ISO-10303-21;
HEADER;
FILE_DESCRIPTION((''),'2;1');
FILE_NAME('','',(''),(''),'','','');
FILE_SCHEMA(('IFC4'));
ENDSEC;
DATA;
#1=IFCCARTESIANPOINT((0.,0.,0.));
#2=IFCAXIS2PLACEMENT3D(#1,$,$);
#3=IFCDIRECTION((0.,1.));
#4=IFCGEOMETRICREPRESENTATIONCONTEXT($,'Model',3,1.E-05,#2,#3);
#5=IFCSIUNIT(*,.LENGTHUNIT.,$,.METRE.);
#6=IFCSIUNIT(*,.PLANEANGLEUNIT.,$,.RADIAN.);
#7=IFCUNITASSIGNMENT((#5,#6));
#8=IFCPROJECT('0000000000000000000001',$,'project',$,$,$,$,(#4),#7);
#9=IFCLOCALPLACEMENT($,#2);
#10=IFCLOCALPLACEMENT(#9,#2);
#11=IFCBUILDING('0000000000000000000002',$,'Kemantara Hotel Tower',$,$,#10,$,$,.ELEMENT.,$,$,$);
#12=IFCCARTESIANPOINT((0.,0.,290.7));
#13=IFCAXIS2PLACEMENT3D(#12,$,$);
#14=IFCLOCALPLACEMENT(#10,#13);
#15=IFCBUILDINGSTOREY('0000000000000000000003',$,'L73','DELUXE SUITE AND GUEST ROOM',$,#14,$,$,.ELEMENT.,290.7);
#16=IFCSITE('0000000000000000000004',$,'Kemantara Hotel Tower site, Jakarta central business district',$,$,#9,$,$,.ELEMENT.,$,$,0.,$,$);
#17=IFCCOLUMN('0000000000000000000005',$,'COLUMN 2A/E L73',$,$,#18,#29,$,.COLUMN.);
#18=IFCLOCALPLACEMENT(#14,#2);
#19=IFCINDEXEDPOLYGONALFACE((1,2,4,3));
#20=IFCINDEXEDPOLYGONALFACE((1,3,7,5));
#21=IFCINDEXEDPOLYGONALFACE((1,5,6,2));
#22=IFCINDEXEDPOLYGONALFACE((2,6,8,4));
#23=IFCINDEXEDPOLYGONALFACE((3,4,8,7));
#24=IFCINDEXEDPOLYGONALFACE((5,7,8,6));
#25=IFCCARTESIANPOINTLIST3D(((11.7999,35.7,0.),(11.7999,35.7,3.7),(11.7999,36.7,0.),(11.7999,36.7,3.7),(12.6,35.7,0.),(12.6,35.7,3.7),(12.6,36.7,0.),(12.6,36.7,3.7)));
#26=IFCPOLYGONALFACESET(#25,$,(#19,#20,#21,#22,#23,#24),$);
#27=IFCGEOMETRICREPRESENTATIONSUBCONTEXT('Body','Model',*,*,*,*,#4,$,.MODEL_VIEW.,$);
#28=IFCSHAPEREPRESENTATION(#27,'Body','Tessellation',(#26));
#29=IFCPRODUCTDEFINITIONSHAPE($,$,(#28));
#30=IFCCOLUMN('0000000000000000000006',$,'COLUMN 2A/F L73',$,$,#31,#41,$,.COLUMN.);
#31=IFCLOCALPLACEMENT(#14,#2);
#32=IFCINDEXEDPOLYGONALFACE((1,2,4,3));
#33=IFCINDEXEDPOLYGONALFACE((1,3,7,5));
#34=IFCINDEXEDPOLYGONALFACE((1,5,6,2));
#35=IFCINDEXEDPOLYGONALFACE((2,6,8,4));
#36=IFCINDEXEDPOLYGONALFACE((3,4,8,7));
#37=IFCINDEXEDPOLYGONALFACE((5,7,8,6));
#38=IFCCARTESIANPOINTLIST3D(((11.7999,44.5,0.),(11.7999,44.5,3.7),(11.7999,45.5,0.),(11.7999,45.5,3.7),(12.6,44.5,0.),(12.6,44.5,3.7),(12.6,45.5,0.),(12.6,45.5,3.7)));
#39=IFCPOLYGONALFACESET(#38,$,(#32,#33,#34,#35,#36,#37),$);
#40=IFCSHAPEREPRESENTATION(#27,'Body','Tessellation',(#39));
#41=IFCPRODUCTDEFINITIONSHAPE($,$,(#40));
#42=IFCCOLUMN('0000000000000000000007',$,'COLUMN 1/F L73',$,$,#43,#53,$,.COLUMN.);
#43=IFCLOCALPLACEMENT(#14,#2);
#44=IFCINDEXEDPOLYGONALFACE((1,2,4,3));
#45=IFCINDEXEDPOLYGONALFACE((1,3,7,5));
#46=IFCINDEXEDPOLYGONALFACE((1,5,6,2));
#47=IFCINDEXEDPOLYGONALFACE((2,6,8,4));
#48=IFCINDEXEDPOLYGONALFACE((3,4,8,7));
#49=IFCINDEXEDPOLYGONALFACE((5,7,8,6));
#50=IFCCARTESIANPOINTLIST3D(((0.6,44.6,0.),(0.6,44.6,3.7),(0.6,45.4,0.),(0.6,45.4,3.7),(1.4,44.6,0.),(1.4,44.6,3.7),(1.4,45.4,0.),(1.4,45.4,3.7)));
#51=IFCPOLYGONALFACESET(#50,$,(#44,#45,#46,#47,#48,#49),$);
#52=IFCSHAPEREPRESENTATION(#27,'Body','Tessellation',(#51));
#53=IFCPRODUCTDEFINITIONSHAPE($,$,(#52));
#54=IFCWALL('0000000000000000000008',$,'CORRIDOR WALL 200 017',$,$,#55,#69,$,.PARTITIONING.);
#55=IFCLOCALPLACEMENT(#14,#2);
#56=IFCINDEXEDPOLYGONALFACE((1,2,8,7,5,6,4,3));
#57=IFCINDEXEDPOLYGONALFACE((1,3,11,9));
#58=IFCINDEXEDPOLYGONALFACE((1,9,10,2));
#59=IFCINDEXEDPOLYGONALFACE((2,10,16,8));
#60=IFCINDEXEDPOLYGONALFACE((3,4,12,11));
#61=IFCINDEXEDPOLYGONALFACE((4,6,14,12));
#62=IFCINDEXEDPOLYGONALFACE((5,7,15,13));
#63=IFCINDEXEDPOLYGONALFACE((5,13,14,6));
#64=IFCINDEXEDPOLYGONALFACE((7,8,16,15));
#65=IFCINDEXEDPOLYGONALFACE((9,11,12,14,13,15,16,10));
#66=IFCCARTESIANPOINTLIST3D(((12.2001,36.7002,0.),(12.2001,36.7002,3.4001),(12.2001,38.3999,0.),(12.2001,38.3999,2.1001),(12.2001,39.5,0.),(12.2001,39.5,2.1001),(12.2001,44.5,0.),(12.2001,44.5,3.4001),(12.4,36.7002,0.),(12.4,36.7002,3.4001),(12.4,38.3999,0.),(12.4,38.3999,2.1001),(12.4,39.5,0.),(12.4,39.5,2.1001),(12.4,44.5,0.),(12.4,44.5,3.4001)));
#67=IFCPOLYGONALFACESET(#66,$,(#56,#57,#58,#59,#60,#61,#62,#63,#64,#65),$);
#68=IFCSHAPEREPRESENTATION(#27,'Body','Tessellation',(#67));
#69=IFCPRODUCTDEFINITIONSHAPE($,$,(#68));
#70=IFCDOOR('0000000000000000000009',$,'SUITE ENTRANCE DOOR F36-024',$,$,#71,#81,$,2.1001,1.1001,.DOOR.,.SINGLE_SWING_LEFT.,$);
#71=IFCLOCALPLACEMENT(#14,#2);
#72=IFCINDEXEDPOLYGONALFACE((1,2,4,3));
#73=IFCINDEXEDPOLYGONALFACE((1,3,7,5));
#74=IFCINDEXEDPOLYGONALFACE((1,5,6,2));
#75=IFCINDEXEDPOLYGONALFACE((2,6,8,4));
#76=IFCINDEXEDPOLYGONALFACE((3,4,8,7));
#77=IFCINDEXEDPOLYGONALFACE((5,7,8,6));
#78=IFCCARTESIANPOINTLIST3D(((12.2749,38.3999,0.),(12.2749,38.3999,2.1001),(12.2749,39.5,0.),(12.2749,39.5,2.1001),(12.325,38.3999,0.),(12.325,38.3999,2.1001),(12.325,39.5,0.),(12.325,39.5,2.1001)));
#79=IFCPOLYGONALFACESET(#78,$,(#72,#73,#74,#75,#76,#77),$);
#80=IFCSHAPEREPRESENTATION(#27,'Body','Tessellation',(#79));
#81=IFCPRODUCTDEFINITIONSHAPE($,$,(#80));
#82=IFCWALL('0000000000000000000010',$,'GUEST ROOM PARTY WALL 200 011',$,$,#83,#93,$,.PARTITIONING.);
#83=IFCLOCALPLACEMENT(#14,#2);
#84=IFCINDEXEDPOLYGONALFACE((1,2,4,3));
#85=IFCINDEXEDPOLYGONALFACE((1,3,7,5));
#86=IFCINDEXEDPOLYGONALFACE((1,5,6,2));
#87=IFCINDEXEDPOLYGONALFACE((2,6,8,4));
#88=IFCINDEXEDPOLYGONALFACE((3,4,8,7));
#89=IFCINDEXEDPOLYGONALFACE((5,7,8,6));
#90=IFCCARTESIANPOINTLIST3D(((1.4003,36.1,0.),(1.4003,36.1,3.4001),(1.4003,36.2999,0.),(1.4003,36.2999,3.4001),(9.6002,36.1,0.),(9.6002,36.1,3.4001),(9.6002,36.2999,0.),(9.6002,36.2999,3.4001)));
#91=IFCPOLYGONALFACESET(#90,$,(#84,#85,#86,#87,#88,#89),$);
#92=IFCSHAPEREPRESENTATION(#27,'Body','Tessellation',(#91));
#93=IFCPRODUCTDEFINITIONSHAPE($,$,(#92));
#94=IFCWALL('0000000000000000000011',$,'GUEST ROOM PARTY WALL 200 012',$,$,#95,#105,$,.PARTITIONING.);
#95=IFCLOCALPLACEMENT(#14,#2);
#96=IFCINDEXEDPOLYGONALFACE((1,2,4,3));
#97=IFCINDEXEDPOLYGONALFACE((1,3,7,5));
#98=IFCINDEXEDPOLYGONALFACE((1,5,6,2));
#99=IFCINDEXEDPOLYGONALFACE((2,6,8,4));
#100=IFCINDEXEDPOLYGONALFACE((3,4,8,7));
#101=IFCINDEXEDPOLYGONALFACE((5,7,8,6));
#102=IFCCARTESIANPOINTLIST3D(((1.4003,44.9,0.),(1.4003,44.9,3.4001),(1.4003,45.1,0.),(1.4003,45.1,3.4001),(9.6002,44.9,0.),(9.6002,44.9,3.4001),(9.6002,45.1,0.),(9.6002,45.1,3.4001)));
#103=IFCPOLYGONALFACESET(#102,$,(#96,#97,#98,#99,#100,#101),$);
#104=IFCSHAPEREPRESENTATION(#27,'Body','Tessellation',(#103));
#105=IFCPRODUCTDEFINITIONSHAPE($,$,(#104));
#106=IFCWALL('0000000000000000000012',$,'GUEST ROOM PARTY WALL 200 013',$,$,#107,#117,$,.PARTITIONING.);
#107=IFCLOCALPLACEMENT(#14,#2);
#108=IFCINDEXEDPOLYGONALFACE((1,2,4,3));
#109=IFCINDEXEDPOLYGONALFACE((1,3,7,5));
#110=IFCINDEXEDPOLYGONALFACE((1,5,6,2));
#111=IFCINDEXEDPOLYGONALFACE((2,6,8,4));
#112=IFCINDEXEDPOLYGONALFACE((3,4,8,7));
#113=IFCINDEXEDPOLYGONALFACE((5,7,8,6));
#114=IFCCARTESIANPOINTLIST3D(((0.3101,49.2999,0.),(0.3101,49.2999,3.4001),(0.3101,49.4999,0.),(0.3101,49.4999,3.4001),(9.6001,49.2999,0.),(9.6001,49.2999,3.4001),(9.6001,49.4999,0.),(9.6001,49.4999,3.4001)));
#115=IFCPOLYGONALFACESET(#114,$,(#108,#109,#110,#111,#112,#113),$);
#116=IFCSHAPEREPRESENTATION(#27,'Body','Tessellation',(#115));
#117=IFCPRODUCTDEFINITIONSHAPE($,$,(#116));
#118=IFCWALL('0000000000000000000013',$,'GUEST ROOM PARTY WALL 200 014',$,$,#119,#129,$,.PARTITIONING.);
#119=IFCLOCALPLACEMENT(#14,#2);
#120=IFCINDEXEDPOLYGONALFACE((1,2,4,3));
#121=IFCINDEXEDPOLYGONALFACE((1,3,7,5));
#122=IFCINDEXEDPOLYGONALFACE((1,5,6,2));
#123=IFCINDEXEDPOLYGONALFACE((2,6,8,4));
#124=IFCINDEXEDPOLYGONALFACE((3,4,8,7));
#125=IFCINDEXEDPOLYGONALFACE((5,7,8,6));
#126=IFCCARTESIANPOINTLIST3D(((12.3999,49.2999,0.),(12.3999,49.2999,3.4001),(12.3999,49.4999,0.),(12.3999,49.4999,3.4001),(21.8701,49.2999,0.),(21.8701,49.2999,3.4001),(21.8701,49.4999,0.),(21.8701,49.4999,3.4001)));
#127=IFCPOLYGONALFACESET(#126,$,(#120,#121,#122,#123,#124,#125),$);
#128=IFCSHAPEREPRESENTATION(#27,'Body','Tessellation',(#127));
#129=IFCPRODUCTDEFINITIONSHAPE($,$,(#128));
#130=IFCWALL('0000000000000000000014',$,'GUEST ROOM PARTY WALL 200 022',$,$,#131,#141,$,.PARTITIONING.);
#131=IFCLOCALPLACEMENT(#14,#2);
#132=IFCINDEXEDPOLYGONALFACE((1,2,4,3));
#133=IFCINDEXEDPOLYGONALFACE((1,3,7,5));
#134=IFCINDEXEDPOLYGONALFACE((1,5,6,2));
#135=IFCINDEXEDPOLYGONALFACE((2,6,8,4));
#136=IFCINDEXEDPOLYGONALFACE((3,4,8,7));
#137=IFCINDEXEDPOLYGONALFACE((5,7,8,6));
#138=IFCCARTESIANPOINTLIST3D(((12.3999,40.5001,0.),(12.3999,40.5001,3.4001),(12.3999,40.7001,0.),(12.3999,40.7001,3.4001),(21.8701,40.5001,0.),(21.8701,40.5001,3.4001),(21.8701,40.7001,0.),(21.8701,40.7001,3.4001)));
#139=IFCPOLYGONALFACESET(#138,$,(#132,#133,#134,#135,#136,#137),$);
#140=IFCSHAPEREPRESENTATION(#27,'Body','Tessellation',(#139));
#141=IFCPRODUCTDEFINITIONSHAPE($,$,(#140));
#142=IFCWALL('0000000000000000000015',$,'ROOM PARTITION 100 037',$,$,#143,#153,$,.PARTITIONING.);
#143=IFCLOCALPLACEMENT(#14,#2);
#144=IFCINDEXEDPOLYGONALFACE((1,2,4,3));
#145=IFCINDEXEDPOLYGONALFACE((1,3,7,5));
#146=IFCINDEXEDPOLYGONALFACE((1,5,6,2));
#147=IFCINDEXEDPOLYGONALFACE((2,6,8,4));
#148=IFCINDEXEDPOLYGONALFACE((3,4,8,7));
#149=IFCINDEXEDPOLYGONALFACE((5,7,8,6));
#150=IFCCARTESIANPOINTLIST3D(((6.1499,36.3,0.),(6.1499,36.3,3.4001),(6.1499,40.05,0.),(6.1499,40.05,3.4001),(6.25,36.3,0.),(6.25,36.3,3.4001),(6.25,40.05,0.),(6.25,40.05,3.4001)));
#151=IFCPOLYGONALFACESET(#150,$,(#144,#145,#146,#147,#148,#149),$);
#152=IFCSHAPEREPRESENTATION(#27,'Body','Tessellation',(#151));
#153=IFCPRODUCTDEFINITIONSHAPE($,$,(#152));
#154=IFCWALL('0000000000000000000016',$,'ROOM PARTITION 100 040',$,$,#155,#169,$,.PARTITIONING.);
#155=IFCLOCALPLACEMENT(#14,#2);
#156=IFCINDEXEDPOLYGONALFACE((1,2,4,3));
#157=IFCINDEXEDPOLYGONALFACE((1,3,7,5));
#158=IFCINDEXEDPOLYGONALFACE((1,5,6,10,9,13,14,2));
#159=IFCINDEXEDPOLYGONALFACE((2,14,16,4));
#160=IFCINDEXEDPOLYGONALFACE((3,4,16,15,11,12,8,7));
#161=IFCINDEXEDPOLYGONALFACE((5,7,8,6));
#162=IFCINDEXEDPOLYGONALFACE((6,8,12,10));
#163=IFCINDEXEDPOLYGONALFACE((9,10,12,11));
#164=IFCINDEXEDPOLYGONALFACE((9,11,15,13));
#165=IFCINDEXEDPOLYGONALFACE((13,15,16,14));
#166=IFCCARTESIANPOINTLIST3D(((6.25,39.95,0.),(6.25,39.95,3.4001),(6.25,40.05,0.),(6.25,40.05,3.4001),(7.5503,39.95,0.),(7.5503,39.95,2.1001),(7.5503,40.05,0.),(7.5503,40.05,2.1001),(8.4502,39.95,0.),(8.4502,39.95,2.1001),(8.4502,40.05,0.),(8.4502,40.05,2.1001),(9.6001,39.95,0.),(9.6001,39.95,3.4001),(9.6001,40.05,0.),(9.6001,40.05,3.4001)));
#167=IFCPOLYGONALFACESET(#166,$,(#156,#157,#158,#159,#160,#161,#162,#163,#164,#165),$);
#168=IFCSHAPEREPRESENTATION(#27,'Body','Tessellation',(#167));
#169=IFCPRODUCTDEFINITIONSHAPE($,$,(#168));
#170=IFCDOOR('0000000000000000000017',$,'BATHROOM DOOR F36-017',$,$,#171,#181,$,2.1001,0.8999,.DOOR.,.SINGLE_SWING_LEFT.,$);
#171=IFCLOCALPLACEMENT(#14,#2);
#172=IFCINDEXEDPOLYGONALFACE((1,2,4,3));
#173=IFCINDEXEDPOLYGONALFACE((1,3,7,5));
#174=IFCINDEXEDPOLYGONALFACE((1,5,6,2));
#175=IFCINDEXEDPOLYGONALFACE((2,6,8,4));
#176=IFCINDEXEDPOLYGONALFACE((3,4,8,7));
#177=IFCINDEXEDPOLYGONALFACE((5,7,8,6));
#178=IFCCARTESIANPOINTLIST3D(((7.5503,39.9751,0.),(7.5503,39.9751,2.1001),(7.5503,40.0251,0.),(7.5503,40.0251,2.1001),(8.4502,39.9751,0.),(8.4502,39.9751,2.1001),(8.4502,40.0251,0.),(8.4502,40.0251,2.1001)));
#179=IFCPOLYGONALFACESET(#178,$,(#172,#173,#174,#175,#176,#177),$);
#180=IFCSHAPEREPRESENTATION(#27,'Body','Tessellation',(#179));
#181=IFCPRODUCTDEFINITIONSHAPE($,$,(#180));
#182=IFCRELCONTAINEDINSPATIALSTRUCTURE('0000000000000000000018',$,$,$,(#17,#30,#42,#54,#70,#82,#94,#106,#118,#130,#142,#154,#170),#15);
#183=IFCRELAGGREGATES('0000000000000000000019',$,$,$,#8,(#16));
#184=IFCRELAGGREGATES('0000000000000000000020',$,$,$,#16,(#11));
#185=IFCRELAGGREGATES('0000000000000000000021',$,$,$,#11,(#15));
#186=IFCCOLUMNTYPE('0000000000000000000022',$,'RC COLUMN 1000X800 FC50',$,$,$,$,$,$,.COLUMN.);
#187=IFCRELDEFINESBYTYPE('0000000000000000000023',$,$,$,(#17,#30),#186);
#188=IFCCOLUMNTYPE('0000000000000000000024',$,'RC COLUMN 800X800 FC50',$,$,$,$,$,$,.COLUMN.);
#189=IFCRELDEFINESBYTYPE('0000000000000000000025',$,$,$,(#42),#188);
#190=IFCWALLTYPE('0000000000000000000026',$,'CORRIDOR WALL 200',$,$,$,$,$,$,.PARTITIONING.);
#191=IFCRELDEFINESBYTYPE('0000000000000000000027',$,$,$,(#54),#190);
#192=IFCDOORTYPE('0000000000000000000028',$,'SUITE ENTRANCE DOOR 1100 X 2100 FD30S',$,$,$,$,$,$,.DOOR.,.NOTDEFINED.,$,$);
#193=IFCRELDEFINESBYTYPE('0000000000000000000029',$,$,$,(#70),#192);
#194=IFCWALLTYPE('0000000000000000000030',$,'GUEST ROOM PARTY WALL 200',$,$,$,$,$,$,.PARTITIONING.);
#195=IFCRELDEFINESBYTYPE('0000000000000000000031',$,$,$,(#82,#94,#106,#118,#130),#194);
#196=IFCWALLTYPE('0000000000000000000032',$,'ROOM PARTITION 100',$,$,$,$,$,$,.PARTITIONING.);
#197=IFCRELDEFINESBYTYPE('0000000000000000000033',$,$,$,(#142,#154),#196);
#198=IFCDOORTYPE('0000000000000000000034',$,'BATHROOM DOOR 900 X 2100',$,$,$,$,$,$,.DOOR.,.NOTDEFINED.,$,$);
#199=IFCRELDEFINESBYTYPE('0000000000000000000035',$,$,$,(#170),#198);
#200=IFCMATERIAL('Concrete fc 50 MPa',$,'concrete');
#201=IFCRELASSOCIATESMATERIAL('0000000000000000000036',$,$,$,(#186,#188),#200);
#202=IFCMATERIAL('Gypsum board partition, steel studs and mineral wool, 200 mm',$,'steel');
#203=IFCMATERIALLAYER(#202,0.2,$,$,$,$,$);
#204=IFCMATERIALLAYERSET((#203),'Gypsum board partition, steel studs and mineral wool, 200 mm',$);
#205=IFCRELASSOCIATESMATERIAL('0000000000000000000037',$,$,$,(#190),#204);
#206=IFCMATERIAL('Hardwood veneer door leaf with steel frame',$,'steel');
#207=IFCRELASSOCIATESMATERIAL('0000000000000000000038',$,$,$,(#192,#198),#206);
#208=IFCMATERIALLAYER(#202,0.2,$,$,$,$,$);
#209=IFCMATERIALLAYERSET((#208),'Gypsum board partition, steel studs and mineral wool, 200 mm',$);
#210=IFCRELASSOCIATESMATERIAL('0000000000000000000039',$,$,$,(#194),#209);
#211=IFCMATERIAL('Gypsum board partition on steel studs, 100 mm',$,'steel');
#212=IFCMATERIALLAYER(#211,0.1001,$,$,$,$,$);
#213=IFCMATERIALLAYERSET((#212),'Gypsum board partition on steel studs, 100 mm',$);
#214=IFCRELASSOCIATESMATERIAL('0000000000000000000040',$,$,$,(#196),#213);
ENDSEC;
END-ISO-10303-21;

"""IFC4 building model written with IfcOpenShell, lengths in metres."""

from ifc_helpers import new_model, si_unit, direction, frame, frame_2d, origin, origin_2d, place, context, subcontext, project, spatial, rectangle, extrude, material, layer, layer_set, material_profile, profile_set, type_object, element, fill, save


model = new_model("IFC4")

# Units and contexts
model_context = context("Model", 3, precision=1e-05, world=origin(), true_north=direction((0.0, 1.0)))
body_context = subcontext(model_context, "Body", "Model", "MODEL_VIEW")
ifc_project = project(units=[si_unit("LENGTHUNIT", "METRE"), si_unit("PLANEANGLEUNIT", "RADIAN")], contexts=[model_context])

# Site, building, storey
site_placement = place(None, origin())
site = spatial("IfcSite", under=ifc_project, at=site_placement, Name="Kemantara Hotel Tower site, Jakarta central business district", CompositionType="ELEMENT", RefElevation=0.0)
building_placement = place(site_placement, origin())
building = spatial("IfcBuilding", under=site, at=building_placement, Name="Kemantara Hotel Tower", CompositionType="ELEMENT")
storey_placement = place(building_placement, frame((0.0, 0.0, 290.7)))
storey = spatial("IfcBuildingStorey", under=building, at=storey_placement, Name="L73", Description="DELUXE SUITE AND GUEST ROOM", CompositionType="ELEMENT", Elevation=290.7)

# Columns
ifc_material_1 = material(Name="Concrete fc 50 MPa", Category="concrete")
ifc_material_profile_1 = material_profile(ifc_material_1, rectangle(XDim=1.0, YDim=0.8, at=origin_2d()), Name="RC 1000X800")
ifc_profile_set_1 = profile_set([ifc_material_profile_1], Name="Concrete fc 50 MPa")
column_type_1 = type_object("IfcColumnType", Name="RC COLUMN 1000X800 FC50", PredefinedType="COLUMN", material=ifc_profile_set_1)
for number, where, z_axis, x_axis, name in (
    (1, (12.2, 36.2, 0.0), (0.0, 0.0, 1.0), (0.0, 1.0, 0.0), "COLUMN 2A/E L73"),
    (2, (12.2, 45.0, 0.0), (0.0, 0.0, 1.0), (0.0, 1.0, 0.0), "COLUMN 2A/F L73"),
):
    element("IfcColumn", number, at=place(storey_placement, frame(where, z_axis=z_axis, x_axis=x_axis)), inside=storey, type_object=column_type_1, Name=name, PredefinedType="COLUMN", context=body_context, shape_type="SweptSolid", body=[
        extrude(rectangle(XDim=1.0, YDim=0.8, at=origin_2d()), origin(), (0.0, 0.0, 1.0), 3.7),
    ])
ifc_material_profile_2 = material_profile(ifc_material_1, rectangle(XDim=0.8, YDim=0.8, at=origin_2d()), Name="RC 800X800")
ifc_profile_set_2 = profile_set([ifc_material_profile_2], Name="Concrete fc 50 MPa")
column_type_2 = type_object("IfcColumnType", Name="RC COLUMN 800X800 FC50", PredefinedType="COLUMN", material=ifc_profile_set_2)
column_placement = place(storey_placement, frame((1.0, 45.0, 0.0), z_axis=(0.0, 0.0, 1.0), x_axis=(1.0, 0.0, 0.0)))
element("IfcColumn", 3, at=column_placement, inside=storey, type_object=column_type_2, Name="COLUMN 1/F L73", PredefinedType="COLUMN", context=body_context, shape_type="SweptSolid", body=[
    extrude(rectangle(XDim=0.8, YDim=0.8, at=origin_2d()), origin(), (0.0, 0.0, 1.0), 3.7),
])

# Wall, opening, door
ifc_material_2 = material(Name="Gypsum board partition, steel studs and mineral wool, 200 mm", Category="steel")
ifc_layer_1 = layer(ifc_material_2, 0.2)
ifc_layer_set_1 = layer_set([ifc_layer_1], Name="Gypsum board partition, steel studs and mineral wool, 200 mm")
wall_type_1 = type_object("IfcWallType", Name="CORRIDOR WALL 200", PredefinedType="PARTITIONING", material=ifc_layer_set_1)
wall_1_placement = place(storey_placement, frame((12.3, 44.5, 0.0), z_axis=(0.0, 0.0, 1.0), x_axis=(0.0, -1.0, 0.0)))
wall_1 = element("IfcWall", 4, at=wall_1_placement, inside=storey, type_object=wall_type_1, Name="CORRIDOR WALL 200 017", PredefinedType="PARTITIONING", context=body_context, shape_type="SweptSolid", body=[
    extrude(rectangle(XDim=7.7998, YDim=0.2, at=frame_2d((3.8999, 0.0))), origin(), (0.0, 0.0, 1.0), 3.4001),
])
opening_1_placement = place(wall_1_placement, frame((5.0, 0.0, 0.0)))
opening_1 = element("IfcOpeningElement", 5, at=opening_1_placement, cuts=wall_1, PredefinedType="OPENING", context=body_context, shape_type="SweptSolid", body=[
    extrude(rectangle(XDim=1.1001, YDim=2.1001, at=frame_2d((0.55, 1.05))), frame((0.0, 0.1099, 0.0), z_axis=(0.0, -1.0, 0.0), x_axis=(1.0, 0.0, 0.0)), (0.0, 0.0, 1.0), 0.22),
])
ifc_material_3 = material(Name="Hardwood veneer door leaf with steel frame", Category="steel")
door_type_1 = type_object("IfcDoorType", Name="SUITE ENTRANCE DOOR 1100 X 2100 FD30S", OperationType="NOTDEFINED", PredefinedType="DOOR", material=ifc_material_3)
door_1_placement = place(opening_1_placement, origin())
door_1 = element("IfcDoor", 6, at=door_1_placement, inside=storey, type_object=door_type_1, Name="SUITE ENTRANCE DOOR F36-024", OperationType="SINGLE_SWING_LEFT", OverallHeight=2.1001, OverallWidth=1.1001, PredefinedType="DOOR", context=body_context, shape_type="SweptSolid", body=[
    extrude(rectangle(XDim=1.1001, YDim=2.1001, at=frame_2d((0.55, 1.05))), frame((0.0, 0.0249, 0.0), z_axis=(0.0, -1.0, 0.0), x_axis=(1.0, 0.0, 0.0)), (0.0, 0.0, 1.0), 0.05),
])
fill(opening_1, door_1)

# Walls
ifc_layer_2 = layer(ifc_material_2, 0.2)
ifc_layer_set_2 = layer_set([ifc_layer_2], Name="Gypsum board partition, steel studs and mineral wool, 200 mm")
wall_type_2 = type_object("IfcWallType", Name="GUEST ROOM PARTY WALL 200", PredefinedType="PARTITIONING", material=ifc_layer_set_2)
for number, where, z_axis, x_axis, name in (
    (7, (1.4001, 36.2, 0.0), (0.0, 0.0, 1.0), (1.0, 0.0, 0.0), "GUEST ROOM PARTY WALL 200 011"),
    (8, (1.4001, 45.0, 0.0), (0.0, 0.0, 1.0), (1.0, 0.0, 0.0), "GUEST ROOM PARTY WALL 200 012"),
):
    element("IfcWall", number, at=place(storey_placement, frame(where, z_axis=z_axis, x_axis=x_axis)), inside=storey, type_object=wall_type_2, Name=name, PredefinedType="PARTITIONING", context=body_context, shape_type="SweptSolid", body=[
        extrude(rectangle(XDim=8.2, YDim=0.2, at=frame_2d((4.1001, 0.0))), origin(), (0.0, 0.0, 1.0), 3.4001),
    ])
wall_2_placement = place(storey_placement, frame((0.3101, 49.3999, 0.0), z_axis=(0.0, 0.0, 1.0), x_axis=(1.0, 0.0, 0.0)))
element("IfcWall", 9, at=wall_2_placement, inside=storey, type_object=wall_type_2, Name="GUEST ROOM PARTY WALL 200 013", PredefinedType="PARTITIONING", context=body_context, shape_type="SweptSolid", body=[
    extrude(rectangle(XDim=9.29, YDim=0.2, at=frame_2d((4.645, 0.0))), origin(), (0.0, 0.0, 1.0), 3.4001),
])
for number, where, z_axis, x_axis, name in (
    (10, (12.3999, 49.3999, 0.0), (0.0, 0.0, 1.0), (1.0, 0.0, 0.0), "GUEST ROOM PARTY WALL 200 014"),
    (11, (12.3999, 40.6001, 0.0), (0.0, 0.0, 1.0), (1.0, 0.0, 0.0), "GUEST ROOM PARTY WALL 200 022"),
):
    element("IfcWall", number, at=place(storey_placement, frame(where, z_axis=z_axis, x_axis=x_axis)), inside=storey, type_object=wall_type_2, Name=name, PredefinedType="PARTITIONING", context=body_context, shape_type="SweptSolid", body=[
        extrude(rectangle(XDim=9.4702, YDim=0.2, at=frame_2d((4.7351, 0.0))), origin(), (0.0, 0.0, 1.0), 3.4001),
    ])
ifc_material_4 = material(Name="Gypsum board partition on steel studs, 100 mm", Category="steel")
ifc_layer_3 = layer(ifc_material_4, 0.1001)
ifc_layer_set_3 = layer_set([ifc_layer_3], Name="Gypsum board partition on steel studs, 100 mm")
wall_type_3 = type_object("IfcWallType", Name="ROOM PARTITION 100", PredefinedType="PARTITIONING", material=ifc_layer_set_3)
wall_3_placement = place(storey_placement, frame((6.2, 36.3, 0.0), z_axis=(0.0, 0.0, 1.0), x_axis=(0.0, 1.0, 0.0)))
element("IfcWall", 12, at=wall_3_placement, inside=storey, type_object=wall_type_3, Name="ROOM PARTITION 100 037", PredefinedType="PARTITIONING", context=body_context, shape_type="SweptSolid", body=[
    extrude(rectangle(XDim=3.75, YDim=0.1001, at=frame_2d((1.875, 0.0))), origin(), (0.0, 0.0, 1.0), 3.4001),
])

# Wall, opening, door
wall_4_placement = place(storey_placement, frame((9.6001, 40.0, 0.0), z_axis=(0.0, 0.0, 1.0), x_axis=(-1.0, 0.0, 0.0)))
wall_4 = element("IfcWall", 13, at=wall_4_placement, inside=storey, type_object=wall_type_3, Name="ROOM PARTITION 100 040", PredefinedType="PARTITIONING", context=body_context, shape_type="SweptSolid", body=[
    extrude(rectangle(XDim=3.3501, YDim=0.1001, at=frame_2d((1.675, 0.0))), origin(), (0.0, 0.0, 1.0), 3.4001),
])
opening_2_placement = place(wall_4_placement, frame((1.1499, 0.0, 0.0)))
opening_2 = element("IfcOpeningElement", 14, at=opening_2_placement, cuts=wall_4, PredefinedType="OPENING", context=body_context, shape_type="SweptSolid", body=[
    extrude(rectangle(XDim=0.8999, YDim=2.1001, at=frame_2d((0.45, 1.05))), frame((0.0, 0.0601, 0.0), z_axis=(0.0, -1.0, 0.0), x_axis=(1.0, 0.0, 0.0)), (0.0, 0.0, 1.0), 0.1201),
])
door_type_2 = type_object("IfcDoorType", Name="BATHROOM DOOR 900 X 2100", OperationType="NOTDEFINED", PredefinedType="DOOR", material=ifc_material_3)
door_2_placement = place(opening_2_placement, origin())
door_2 = element("IfcDoor", 15, at=door_2_placement, inside=storey, type_object=door_type_2, Name="BATHROOM DOOR F36-017", OperationType="SINGLE_SWING_LEFT", OverallHeight=2.1001, OverallWidth=0.8999, PredefinedType="DOOR", context=body_context, shape_type="SweptSolid", body=[
    extrude(rectangle(XDim=0.8999, YDim=2.1001, at=frame_2d((0.45, 1.05))), frame((0.0, 0.0249, 0.0), z_axis=(0.0, -1.0, 0.0), x_axis=(1.0, 0.0, 0.0)), (0.0, 0.0, 1.0), 0.05),
])
fill(opening_2, door_2)

save(model, "model.ifc")
